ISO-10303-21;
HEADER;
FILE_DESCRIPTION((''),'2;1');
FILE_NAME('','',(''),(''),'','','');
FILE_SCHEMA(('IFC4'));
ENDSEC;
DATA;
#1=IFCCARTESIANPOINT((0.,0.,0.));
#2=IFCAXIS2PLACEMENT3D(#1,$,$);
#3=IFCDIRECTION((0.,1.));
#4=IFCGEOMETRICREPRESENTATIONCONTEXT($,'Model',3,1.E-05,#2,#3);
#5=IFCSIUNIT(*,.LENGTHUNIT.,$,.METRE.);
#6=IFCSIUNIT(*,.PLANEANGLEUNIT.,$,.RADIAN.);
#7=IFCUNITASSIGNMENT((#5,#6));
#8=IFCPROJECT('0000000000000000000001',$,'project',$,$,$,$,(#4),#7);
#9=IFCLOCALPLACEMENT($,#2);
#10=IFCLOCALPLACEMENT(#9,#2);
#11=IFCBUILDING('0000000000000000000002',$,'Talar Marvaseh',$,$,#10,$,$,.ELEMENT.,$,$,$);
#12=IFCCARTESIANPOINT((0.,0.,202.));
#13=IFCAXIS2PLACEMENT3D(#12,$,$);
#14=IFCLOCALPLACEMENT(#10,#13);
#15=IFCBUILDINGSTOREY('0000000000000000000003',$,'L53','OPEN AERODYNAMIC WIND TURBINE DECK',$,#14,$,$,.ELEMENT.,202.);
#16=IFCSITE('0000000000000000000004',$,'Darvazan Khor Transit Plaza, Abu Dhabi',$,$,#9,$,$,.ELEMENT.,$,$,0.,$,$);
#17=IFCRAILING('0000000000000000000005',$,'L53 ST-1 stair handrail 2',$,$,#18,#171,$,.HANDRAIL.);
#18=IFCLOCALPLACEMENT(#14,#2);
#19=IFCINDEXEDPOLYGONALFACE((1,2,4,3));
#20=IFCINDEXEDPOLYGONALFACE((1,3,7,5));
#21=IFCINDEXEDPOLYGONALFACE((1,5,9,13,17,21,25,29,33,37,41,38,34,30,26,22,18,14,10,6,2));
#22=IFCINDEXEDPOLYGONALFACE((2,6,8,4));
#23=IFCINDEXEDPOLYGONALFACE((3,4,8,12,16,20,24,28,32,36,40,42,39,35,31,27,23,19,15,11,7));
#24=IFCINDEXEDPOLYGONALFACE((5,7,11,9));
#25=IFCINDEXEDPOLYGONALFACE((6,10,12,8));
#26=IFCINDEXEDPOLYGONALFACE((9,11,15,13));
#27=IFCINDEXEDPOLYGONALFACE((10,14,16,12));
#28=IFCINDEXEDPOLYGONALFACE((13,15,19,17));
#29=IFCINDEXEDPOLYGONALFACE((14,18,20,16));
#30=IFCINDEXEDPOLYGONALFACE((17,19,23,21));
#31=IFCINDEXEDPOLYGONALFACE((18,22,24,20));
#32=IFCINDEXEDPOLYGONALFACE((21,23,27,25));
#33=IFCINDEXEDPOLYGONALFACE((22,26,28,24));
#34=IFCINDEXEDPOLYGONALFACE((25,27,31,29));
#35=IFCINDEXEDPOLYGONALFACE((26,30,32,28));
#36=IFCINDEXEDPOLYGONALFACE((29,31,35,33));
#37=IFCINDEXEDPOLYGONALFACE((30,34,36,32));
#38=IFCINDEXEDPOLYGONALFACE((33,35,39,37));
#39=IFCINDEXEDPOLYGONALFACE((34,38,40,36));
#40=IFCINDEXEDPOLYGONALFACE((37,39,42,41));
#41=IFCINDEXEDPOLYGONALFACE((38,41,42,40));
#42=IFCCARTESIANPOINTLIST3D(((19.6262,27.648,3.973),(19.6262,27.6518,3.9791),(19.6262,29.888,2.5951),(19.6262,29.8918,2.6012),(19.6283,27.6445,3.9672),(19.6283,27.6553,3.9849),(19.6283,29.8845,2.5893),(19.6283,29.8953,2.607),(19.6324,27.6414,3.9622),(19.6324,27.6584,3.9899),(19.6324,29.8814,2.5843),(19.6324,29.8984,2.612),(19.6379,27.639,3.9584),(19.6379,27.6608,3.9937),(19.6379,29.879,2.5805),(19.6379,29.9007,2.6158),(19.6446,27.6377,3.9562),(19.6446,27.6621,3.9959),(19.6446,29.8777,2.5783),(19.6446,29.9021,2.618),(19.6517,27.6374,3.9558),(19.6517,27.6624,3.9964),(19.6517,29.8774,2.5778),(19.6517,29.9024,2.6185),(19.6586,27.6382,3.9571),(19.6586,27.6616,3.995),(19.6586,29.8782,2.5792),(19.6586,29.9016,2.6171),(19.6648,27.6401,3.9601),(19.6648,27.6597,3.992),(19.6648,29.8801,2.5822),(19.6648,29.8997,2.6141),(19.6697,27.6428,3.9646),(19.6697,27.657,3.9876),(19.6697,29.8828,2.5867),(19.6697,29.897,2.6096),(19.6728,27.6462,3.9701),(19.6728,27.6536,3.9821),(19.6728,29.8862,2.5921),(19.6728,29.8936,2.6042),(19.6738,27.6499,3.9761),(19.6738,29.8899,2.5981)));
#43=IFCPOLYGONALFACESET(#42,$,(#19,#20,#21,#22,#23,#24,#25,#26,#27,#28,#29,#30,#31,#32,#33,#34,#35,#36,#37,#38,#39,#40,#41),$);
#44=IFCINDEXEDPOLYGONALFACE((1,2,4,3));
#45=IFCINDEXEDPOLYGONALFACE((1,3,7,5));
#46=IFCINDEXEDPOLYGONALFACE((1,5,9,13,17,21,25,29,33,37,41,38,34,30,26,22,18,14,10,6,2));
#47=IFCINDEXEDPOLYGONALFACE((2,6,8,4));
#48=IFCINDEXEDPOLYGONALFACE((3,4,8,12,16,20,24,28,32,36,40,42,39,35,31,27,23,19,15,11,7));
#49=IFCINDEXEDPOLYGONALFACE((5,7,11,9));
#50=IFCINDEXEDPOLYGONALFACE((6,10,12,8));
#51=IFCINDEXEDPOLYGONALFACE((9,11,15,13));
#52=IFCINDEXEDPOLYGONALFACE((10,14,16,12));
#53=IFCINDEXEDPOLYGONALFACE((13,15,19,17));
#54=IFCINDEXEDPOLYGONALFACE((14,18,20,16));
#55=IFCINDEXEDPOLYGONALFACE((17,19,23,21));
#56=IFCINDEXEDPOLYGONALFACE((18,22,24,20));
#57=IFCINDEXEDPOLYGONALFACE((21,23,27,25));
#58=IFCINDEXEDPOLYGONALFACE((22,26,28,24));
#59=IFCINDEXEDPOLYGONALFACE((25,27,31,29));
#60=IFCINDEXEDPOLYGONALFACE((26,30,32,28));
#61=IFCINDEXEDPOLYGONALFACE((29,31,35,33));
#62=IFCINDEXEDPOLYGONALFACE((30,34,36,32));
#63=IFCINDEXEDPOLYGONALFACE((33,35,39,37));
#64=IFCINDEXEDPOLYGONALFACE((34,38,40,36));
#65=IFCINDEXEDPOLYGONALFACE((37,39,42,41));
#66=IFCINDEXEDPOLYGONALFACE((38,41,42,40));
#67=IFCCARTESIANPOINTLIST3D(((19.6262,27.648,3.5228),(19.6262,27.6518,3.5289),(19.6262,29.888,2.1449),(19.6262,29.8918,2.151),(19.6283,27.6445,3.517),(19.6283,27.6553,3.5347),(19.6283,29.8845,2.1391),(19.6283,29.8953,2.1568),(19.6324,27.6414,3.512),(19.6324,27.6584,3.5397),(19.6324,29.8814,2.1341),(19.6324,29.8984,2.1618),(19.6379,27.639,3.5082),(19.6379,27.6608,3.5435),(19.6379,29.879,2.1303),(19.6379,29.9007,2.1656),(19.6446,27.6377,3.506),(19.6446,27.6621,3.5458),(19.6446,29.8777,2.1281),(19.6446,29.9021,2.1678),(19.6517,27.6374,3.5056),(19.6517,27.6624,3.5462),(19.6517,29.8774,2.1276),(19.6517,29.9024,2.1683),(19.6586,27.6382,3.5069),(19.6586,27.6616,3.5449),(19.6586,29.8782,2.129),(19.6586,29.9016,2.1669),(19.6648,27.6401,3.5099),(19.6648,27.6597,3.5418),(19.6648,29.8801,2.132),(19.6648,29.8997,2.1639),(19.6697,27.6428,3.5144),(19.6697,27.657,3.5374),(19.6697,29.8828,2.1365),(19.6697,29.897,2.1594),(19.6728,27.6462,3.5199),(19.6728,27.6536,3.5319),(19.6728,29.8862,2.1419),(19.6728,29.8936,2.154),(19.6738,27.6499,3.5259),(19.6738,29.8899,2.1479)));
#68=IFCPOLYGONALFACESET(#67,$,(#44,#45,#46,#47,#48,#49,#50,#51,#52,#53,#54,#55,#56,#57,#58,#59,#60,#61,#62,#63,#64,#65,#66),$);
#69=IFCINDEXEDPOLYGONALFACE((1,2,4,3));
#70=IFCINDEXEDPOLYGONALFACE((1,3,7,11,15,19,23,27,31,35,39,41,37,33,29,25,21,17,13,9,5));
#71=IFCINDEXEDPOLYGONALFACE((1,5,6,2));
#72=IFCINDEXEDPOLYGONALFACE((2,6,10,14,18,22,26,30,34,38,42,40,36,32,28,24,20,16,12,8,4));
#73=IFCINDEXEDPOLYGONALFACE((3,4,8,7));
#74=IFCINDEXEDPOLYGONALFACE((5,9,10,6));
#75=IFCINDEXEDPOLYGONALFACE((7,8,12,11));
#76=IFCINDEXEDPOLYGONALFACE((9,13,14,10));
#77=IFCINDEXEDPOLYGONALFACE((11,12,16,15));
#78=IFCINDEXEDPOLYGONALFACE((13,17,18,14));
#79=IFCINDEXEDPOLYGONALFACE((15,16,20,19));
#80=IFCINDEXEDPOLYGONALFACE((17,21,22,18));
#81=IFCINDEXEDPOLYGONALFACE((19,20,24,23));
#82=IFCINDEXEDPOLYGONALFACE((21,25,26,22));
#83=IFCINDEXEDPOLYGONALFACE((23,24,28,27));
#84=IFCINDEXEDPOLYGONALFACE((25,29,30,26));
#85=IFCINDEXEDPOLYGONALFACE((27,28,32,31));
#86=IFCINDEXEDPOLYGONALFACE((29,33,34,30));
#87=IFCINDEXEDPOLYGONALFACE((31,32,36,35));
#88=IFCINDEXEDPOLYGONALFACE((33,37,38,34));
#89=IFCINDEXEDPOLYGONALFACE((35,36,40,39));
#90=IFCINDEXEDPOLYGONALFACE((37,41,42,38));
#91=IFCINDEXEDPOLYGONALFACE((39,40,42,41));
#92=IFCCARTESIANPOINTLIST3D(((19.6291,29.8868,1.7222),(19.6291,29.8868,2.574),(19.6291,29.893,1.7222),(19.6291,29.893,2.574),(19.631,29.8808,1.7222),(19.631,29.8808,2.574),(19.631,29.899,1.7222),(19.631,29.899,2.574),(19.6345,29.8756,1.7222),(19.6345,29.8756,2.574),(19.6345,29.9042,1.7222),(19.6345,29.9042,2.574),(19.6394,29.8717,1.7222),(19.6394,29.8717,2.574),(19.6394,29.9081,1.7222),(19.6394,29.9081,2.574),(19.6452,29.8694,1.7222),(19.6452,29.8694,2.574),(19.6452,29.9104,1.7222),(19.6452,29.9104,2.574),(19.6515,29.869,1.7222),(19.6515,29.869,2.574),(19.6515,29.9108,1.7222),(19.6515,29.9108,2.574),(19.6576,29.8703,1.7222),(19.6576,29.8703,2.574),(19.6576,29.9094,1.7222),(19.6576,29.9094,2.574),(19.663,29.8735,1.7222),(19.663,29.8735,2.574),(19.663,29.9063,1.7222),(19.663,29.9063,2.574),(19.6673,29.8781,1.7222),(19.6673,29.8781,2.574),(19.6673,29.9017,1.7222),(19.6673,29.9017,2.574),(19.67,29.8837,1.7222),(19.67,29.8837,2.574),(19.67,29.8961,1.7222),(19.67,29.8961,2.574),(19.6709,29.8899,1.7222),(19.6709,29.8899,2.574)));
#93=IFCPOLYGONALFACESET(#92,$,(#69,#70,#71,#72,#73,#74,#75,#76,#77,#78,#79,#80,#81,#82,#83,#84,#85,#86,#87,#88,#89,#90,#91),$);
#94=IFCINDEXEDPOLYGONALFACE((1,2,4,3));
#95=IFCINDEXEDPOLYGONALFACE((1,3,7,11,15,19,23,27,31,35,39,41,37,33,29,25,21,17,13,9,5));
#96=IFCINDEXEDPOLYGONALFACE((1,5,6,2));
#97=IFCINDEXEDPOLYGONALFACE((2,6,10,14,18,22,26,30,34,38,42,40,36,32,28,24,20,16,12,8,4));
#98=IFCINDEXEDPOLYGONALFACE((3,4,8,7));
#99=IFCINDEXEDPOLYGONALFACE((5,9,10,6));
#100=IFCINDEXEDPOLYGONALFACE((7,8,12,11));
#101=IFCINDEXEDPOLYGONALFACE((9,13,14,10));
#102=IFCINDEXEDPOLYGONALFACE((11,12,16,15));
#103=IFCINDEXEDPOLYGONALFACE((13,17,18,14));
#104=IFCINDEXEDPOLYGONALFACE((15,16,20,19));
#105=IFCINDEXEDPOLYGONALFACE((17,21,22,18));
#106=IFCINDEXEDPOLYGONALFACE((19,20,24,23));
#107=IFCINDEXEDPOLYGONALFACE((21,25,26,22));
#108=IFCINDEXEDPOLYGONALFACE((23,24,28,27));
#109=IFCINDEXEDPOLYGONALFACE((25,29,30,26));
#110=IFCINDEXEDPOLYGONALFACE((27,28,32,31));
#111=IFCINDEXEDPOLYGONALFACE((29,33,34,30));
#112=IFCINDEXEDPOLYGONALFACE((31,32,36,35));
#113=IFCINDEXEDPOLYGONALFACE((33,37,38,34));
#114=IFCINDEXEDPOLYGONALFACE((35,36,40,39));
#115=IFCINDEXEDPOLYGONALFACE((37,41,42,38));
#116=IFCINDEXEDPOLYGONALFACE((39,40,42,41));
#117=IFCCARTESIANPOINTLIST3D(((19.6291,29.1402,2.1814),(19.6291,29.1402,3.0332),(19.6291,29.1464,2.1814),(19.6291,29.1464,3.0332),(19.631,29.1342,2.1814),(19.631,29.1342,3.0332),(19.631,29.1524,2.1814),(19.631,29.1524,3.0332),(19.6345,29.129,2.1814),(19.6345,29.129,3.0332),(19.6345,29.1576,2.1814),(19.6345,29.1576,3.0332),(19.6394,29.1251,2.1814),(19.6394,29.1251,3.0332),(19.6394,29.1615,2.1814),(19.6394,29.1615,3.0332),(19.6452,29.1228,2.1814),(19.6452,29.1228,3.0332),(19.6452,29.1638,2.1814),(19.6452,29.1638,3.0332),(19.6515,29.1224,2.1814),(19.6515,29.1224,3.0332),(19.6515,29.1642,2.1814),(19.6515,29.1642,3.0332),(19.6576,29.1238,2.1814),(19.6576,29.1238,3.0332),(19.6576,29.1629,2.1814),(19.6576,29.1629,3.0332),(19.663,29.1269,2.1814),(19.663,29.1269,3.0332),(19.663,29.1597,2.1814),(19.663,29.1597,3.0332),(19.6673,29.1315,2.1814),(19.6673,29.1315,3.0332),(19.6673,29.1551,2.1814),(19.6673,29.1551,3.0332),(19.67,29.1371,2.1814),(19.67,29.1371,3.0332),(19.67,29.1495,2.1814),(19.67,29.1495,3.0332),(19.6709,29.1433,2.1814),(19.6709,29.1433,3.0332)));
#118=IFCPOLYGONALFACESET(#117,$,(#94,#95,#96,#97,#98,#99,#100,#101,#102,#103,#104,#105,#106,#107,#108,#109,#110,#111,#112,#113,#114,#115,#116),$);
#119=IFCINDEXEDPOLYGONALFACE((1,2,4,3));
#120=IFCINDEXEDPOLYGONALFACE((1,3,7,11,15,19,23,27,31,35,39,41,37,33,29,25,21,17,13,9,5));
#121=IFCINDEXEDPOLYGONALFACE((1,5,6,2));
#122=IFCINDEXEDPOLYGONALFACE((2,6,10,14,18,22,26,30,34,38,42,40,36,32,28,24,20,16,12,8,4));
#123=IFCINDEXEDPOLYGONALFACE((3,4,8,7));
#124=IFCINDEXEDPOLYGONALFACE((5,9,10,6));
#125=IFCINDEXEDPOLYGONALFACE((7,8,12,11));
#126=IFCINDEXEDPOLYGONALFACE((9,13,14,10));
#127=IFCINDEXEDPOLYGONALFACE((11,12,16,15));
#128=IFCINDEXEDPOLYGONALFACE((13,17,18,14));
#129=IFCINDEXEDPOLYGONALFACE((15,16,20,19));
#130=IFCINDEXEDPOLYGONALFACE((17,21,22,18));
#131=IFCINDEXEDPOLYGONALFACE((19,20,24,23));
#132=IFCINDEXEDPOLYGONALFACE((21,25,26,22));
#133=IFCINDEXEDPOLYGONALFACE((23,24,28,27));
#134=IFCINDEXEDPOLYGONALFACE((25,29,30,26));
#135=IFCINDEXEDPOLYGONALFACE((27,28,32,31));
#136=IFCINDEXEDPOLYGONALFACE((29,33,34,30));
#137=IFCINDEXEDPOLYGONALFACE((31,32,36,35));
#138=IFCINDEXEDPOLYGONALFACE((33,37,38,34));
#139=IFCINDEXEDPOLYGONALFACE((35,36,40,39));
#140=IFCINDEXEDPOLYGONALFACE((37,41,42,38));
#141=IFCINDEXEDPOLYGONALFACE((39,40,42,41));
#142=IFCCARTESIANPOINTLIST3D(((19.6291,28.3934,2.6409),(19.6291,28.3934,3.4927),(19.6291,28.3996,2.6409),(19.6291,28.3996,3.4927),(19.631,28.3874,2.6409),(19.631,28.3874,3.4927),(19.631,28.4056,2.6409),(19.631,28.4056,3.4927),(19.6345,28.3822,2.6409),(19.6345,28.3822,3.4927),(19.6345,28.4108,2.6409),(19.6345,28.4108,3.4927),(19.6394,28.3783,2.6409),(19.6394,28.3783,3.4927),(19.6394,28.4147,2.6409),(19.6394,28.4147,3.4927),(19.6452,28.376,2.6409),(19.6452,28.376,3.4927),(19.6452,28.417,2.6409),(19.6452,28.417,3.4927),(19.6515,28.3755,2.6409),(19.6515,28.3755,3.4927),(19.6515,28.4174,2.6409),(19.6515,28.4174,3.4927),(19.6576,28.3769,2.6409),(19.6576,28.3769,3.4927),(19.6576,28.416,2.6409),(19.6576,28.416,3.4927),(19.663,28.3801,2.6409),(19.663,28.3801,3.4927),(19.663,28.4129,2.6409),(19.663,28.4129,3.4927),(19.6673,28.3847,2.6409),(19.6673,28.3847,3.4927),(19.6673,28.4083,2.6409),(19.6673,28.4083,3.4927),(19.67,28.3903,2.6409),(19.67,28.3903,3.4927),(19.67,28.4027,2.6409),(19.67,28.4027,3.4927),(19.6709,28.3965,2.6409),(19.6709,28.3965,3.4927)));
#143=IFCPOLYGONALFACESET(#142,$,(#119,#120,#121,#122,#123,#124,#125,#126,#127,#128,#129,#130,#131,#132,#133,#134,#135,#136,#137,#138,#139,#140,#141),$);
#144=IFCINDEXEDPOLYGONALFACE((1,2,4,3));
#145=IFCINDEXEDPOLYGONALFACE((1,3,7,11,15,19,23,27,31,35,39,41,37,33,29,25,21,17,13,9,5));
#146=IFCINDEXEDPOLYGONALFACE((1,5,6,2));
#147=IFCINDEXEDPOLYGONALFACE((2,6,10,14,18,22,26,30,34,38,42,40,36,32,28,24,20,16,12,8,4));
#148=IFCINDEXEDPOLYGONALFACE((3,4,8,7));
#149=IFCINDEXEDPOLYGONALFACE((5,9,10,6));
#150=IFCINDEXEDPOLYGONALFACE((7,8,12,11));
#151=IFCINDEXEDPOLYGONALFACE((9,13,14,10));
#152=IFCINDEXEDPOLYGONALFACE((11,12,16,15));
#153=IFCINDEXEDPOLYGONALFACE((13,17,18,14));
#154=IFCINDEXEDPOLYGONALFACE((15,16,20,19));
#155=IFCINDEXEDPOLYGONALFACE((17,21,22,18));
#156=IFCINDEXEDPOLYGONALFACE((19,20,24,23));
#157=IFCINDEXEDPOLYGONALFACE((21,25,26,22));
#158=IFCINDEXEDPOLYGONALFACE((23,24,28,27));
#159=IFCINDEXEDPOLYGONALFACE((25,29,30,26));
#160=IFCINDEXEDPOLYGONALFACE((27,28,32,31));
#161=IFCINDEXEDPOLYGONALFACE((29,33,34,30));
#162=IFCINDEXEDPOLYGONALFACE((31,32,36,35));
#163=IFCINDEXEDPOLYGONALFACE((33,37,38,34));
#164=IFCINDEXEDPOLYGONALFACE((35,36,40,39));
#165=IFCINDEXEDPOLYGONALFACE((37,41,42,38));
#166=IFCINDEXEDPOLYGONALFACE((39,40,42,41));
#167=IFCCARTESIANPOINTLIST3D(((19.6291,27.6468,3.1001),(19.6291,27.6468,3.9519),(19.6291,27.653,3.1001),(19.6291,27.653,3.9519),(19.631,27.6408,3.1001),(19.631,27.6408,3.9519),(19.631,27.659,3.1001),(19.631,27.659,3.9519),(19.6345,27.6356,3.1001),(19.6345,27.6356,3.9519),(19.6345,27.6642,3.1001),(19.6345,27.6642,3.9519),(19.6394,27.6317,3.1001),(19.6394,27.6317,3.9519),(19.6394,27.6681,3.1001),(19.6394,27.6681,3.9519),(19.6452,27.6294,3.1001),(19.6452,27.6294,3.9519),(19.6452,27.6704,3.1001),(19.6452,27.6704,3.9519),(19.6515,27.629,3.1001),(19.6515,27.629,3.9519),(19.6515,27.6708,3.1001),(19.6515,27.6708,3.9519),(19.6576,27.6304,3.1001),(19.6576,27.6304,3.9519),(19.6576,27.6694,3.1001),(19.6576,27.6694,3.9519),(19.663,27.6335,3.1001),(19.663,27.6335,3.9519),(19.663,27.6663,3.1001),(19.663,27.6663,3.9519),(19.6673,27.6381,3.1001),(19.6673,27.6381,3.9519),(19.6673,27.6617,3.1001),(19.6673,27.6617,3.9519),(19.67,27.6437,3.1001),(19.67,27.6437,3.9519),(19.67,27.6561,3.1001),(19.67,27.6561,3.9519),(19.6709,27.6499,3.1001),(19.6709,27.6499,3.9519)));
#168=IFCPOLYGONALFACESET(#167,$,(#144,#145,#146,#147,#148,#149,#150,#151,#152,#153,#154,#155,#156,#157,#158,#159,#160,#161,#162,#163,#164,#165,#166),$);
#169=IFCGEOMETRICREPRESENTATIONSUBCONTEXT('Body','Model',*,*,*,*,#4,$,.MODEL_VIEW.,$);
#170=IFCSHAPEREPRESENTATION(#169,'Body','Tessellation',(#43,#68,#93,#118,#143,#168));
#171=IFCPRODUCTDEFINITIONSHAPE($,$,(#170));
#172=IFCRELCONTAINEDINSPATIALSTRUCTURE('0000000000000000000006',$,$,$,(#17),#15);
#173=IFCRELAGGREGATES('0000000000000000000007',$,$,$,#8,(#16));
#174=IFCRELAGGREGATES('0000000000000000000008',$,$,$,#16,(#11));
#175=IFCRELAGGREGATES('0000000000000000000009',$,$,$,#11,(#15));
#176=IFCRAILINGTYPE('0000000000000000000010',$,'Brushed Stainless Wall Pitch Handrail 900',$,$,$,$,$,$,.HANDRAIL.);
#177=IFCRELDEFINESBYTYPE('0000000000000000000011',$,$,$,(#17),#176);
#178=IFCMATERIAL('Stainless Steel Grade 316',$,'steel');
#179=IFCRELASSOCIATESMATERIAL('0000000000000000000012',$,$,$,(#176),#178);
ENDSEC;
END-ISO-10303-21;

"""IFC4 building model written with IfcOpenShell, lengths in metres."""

from ifc_helpers import new_model, si_unit, direction, frame, origin, origin_2d, place, context, subcontext, project, spatial, circle, extrude, material, type_object, element, save


model = new_model("IFC4")

# Units and contexts
model_context = context("Model", 3, precision=1e-05, world=origin(), true_north=direction((0.0, 1.0)))
body_context = subcontext(model_context, "Body", "Model", "MODEL_VIEW")
ifc_project = project(units=[si_unit("LENGTHUNIT", "METRE"), si_unit("PLANEANGLEUNIT", "RADIAN")], contexts=[model_context])

# Site, building, storey
site_placement = place(None, origin())
site = spatial("IfcSite", under=ifc_project, at=site_placement, Name="Darvazan Khor Transit Plaza, Abu Dhabi", CompositionType="ELEMENT", RefElevation=0.0)
building_placement = place(site_placement, origin())
building = spatial("IfcBuilding", under=site, at=building_placement, Name="Talar Marvaseh", CompositionType="ELEMENT")
storey_placement = place(building_placement, frame((0.0, 0.0, 202.0)))
storey = spatial("IfcBuildingStorey", under=building, at=storey_placement, Name="L53", Description="OPEN AERODYNAMIC WIND TURBINE DECK", CompositionType="ELEMENT", Elevation=202.0)

# Railing
ifc_material_1 = material(Name="Stainless Steel Grade 316", Category="steel")
railing_type_1 = type_object("IfcRailingType", Name="Brushed Stainless Wall Pitch Handrail 900", PredefinedType="HANDRAIL", material=ifc_material_1)
railing_1_placement = place(storey_placement, frame((19.6499, 29.8899, 1.7222)))
element("IfcRailing", 1, at=railing_1_placement, inside=storey, type_object=railing_type_1, Name="L53 ST-1 stair handrail 2", PredefinedType="HANDRAIL", context=body_context, shape_type="SweptSolid", body=[
    extrude(circle(Radius=0.0239, at=origin_2d()), frame((0.0, 0.0, 0.876), z_axis=(0.0, -0.851748, 0.523952), x_axis=(1.0, 0.0, 0.0)), (0.0, 0.0, 1.0), 2.6299),
    extrude(circle(Radius=0.0239, at=origin_2d()), frame((0.0, 0.0, 0.4258), z_axis=(0.0, -0.851748, 0.523952), x_axis=(1.0, 0.0, 0.0)), (0.0, 0.0, 1.0), 2.6299),
    extrude(circle(Radius=0.021, at=origin_2d()), origin(), (0.0, 0.0, 1.0), 0.8518),
    extrude(circle(Radius=0.021, at=origin_2d()), frame((0.0, -0.7466, 0.4592)), (0.0, 0.0, 1.0), 0.8518),
    extrude(circle(Radius=0.021, at=origin_2d()), frame((0.0, -1.4934, 0.9187)), (0.0, 0.0, 1.0), 0.8518),
    extrude(circle(Radius=0.021, at=origin_2d()), frame((0.0, -2.24, 1.3779)), (0.0, 0.0, 1.0), 0.8518),
])

save(model, "model.ifc")
